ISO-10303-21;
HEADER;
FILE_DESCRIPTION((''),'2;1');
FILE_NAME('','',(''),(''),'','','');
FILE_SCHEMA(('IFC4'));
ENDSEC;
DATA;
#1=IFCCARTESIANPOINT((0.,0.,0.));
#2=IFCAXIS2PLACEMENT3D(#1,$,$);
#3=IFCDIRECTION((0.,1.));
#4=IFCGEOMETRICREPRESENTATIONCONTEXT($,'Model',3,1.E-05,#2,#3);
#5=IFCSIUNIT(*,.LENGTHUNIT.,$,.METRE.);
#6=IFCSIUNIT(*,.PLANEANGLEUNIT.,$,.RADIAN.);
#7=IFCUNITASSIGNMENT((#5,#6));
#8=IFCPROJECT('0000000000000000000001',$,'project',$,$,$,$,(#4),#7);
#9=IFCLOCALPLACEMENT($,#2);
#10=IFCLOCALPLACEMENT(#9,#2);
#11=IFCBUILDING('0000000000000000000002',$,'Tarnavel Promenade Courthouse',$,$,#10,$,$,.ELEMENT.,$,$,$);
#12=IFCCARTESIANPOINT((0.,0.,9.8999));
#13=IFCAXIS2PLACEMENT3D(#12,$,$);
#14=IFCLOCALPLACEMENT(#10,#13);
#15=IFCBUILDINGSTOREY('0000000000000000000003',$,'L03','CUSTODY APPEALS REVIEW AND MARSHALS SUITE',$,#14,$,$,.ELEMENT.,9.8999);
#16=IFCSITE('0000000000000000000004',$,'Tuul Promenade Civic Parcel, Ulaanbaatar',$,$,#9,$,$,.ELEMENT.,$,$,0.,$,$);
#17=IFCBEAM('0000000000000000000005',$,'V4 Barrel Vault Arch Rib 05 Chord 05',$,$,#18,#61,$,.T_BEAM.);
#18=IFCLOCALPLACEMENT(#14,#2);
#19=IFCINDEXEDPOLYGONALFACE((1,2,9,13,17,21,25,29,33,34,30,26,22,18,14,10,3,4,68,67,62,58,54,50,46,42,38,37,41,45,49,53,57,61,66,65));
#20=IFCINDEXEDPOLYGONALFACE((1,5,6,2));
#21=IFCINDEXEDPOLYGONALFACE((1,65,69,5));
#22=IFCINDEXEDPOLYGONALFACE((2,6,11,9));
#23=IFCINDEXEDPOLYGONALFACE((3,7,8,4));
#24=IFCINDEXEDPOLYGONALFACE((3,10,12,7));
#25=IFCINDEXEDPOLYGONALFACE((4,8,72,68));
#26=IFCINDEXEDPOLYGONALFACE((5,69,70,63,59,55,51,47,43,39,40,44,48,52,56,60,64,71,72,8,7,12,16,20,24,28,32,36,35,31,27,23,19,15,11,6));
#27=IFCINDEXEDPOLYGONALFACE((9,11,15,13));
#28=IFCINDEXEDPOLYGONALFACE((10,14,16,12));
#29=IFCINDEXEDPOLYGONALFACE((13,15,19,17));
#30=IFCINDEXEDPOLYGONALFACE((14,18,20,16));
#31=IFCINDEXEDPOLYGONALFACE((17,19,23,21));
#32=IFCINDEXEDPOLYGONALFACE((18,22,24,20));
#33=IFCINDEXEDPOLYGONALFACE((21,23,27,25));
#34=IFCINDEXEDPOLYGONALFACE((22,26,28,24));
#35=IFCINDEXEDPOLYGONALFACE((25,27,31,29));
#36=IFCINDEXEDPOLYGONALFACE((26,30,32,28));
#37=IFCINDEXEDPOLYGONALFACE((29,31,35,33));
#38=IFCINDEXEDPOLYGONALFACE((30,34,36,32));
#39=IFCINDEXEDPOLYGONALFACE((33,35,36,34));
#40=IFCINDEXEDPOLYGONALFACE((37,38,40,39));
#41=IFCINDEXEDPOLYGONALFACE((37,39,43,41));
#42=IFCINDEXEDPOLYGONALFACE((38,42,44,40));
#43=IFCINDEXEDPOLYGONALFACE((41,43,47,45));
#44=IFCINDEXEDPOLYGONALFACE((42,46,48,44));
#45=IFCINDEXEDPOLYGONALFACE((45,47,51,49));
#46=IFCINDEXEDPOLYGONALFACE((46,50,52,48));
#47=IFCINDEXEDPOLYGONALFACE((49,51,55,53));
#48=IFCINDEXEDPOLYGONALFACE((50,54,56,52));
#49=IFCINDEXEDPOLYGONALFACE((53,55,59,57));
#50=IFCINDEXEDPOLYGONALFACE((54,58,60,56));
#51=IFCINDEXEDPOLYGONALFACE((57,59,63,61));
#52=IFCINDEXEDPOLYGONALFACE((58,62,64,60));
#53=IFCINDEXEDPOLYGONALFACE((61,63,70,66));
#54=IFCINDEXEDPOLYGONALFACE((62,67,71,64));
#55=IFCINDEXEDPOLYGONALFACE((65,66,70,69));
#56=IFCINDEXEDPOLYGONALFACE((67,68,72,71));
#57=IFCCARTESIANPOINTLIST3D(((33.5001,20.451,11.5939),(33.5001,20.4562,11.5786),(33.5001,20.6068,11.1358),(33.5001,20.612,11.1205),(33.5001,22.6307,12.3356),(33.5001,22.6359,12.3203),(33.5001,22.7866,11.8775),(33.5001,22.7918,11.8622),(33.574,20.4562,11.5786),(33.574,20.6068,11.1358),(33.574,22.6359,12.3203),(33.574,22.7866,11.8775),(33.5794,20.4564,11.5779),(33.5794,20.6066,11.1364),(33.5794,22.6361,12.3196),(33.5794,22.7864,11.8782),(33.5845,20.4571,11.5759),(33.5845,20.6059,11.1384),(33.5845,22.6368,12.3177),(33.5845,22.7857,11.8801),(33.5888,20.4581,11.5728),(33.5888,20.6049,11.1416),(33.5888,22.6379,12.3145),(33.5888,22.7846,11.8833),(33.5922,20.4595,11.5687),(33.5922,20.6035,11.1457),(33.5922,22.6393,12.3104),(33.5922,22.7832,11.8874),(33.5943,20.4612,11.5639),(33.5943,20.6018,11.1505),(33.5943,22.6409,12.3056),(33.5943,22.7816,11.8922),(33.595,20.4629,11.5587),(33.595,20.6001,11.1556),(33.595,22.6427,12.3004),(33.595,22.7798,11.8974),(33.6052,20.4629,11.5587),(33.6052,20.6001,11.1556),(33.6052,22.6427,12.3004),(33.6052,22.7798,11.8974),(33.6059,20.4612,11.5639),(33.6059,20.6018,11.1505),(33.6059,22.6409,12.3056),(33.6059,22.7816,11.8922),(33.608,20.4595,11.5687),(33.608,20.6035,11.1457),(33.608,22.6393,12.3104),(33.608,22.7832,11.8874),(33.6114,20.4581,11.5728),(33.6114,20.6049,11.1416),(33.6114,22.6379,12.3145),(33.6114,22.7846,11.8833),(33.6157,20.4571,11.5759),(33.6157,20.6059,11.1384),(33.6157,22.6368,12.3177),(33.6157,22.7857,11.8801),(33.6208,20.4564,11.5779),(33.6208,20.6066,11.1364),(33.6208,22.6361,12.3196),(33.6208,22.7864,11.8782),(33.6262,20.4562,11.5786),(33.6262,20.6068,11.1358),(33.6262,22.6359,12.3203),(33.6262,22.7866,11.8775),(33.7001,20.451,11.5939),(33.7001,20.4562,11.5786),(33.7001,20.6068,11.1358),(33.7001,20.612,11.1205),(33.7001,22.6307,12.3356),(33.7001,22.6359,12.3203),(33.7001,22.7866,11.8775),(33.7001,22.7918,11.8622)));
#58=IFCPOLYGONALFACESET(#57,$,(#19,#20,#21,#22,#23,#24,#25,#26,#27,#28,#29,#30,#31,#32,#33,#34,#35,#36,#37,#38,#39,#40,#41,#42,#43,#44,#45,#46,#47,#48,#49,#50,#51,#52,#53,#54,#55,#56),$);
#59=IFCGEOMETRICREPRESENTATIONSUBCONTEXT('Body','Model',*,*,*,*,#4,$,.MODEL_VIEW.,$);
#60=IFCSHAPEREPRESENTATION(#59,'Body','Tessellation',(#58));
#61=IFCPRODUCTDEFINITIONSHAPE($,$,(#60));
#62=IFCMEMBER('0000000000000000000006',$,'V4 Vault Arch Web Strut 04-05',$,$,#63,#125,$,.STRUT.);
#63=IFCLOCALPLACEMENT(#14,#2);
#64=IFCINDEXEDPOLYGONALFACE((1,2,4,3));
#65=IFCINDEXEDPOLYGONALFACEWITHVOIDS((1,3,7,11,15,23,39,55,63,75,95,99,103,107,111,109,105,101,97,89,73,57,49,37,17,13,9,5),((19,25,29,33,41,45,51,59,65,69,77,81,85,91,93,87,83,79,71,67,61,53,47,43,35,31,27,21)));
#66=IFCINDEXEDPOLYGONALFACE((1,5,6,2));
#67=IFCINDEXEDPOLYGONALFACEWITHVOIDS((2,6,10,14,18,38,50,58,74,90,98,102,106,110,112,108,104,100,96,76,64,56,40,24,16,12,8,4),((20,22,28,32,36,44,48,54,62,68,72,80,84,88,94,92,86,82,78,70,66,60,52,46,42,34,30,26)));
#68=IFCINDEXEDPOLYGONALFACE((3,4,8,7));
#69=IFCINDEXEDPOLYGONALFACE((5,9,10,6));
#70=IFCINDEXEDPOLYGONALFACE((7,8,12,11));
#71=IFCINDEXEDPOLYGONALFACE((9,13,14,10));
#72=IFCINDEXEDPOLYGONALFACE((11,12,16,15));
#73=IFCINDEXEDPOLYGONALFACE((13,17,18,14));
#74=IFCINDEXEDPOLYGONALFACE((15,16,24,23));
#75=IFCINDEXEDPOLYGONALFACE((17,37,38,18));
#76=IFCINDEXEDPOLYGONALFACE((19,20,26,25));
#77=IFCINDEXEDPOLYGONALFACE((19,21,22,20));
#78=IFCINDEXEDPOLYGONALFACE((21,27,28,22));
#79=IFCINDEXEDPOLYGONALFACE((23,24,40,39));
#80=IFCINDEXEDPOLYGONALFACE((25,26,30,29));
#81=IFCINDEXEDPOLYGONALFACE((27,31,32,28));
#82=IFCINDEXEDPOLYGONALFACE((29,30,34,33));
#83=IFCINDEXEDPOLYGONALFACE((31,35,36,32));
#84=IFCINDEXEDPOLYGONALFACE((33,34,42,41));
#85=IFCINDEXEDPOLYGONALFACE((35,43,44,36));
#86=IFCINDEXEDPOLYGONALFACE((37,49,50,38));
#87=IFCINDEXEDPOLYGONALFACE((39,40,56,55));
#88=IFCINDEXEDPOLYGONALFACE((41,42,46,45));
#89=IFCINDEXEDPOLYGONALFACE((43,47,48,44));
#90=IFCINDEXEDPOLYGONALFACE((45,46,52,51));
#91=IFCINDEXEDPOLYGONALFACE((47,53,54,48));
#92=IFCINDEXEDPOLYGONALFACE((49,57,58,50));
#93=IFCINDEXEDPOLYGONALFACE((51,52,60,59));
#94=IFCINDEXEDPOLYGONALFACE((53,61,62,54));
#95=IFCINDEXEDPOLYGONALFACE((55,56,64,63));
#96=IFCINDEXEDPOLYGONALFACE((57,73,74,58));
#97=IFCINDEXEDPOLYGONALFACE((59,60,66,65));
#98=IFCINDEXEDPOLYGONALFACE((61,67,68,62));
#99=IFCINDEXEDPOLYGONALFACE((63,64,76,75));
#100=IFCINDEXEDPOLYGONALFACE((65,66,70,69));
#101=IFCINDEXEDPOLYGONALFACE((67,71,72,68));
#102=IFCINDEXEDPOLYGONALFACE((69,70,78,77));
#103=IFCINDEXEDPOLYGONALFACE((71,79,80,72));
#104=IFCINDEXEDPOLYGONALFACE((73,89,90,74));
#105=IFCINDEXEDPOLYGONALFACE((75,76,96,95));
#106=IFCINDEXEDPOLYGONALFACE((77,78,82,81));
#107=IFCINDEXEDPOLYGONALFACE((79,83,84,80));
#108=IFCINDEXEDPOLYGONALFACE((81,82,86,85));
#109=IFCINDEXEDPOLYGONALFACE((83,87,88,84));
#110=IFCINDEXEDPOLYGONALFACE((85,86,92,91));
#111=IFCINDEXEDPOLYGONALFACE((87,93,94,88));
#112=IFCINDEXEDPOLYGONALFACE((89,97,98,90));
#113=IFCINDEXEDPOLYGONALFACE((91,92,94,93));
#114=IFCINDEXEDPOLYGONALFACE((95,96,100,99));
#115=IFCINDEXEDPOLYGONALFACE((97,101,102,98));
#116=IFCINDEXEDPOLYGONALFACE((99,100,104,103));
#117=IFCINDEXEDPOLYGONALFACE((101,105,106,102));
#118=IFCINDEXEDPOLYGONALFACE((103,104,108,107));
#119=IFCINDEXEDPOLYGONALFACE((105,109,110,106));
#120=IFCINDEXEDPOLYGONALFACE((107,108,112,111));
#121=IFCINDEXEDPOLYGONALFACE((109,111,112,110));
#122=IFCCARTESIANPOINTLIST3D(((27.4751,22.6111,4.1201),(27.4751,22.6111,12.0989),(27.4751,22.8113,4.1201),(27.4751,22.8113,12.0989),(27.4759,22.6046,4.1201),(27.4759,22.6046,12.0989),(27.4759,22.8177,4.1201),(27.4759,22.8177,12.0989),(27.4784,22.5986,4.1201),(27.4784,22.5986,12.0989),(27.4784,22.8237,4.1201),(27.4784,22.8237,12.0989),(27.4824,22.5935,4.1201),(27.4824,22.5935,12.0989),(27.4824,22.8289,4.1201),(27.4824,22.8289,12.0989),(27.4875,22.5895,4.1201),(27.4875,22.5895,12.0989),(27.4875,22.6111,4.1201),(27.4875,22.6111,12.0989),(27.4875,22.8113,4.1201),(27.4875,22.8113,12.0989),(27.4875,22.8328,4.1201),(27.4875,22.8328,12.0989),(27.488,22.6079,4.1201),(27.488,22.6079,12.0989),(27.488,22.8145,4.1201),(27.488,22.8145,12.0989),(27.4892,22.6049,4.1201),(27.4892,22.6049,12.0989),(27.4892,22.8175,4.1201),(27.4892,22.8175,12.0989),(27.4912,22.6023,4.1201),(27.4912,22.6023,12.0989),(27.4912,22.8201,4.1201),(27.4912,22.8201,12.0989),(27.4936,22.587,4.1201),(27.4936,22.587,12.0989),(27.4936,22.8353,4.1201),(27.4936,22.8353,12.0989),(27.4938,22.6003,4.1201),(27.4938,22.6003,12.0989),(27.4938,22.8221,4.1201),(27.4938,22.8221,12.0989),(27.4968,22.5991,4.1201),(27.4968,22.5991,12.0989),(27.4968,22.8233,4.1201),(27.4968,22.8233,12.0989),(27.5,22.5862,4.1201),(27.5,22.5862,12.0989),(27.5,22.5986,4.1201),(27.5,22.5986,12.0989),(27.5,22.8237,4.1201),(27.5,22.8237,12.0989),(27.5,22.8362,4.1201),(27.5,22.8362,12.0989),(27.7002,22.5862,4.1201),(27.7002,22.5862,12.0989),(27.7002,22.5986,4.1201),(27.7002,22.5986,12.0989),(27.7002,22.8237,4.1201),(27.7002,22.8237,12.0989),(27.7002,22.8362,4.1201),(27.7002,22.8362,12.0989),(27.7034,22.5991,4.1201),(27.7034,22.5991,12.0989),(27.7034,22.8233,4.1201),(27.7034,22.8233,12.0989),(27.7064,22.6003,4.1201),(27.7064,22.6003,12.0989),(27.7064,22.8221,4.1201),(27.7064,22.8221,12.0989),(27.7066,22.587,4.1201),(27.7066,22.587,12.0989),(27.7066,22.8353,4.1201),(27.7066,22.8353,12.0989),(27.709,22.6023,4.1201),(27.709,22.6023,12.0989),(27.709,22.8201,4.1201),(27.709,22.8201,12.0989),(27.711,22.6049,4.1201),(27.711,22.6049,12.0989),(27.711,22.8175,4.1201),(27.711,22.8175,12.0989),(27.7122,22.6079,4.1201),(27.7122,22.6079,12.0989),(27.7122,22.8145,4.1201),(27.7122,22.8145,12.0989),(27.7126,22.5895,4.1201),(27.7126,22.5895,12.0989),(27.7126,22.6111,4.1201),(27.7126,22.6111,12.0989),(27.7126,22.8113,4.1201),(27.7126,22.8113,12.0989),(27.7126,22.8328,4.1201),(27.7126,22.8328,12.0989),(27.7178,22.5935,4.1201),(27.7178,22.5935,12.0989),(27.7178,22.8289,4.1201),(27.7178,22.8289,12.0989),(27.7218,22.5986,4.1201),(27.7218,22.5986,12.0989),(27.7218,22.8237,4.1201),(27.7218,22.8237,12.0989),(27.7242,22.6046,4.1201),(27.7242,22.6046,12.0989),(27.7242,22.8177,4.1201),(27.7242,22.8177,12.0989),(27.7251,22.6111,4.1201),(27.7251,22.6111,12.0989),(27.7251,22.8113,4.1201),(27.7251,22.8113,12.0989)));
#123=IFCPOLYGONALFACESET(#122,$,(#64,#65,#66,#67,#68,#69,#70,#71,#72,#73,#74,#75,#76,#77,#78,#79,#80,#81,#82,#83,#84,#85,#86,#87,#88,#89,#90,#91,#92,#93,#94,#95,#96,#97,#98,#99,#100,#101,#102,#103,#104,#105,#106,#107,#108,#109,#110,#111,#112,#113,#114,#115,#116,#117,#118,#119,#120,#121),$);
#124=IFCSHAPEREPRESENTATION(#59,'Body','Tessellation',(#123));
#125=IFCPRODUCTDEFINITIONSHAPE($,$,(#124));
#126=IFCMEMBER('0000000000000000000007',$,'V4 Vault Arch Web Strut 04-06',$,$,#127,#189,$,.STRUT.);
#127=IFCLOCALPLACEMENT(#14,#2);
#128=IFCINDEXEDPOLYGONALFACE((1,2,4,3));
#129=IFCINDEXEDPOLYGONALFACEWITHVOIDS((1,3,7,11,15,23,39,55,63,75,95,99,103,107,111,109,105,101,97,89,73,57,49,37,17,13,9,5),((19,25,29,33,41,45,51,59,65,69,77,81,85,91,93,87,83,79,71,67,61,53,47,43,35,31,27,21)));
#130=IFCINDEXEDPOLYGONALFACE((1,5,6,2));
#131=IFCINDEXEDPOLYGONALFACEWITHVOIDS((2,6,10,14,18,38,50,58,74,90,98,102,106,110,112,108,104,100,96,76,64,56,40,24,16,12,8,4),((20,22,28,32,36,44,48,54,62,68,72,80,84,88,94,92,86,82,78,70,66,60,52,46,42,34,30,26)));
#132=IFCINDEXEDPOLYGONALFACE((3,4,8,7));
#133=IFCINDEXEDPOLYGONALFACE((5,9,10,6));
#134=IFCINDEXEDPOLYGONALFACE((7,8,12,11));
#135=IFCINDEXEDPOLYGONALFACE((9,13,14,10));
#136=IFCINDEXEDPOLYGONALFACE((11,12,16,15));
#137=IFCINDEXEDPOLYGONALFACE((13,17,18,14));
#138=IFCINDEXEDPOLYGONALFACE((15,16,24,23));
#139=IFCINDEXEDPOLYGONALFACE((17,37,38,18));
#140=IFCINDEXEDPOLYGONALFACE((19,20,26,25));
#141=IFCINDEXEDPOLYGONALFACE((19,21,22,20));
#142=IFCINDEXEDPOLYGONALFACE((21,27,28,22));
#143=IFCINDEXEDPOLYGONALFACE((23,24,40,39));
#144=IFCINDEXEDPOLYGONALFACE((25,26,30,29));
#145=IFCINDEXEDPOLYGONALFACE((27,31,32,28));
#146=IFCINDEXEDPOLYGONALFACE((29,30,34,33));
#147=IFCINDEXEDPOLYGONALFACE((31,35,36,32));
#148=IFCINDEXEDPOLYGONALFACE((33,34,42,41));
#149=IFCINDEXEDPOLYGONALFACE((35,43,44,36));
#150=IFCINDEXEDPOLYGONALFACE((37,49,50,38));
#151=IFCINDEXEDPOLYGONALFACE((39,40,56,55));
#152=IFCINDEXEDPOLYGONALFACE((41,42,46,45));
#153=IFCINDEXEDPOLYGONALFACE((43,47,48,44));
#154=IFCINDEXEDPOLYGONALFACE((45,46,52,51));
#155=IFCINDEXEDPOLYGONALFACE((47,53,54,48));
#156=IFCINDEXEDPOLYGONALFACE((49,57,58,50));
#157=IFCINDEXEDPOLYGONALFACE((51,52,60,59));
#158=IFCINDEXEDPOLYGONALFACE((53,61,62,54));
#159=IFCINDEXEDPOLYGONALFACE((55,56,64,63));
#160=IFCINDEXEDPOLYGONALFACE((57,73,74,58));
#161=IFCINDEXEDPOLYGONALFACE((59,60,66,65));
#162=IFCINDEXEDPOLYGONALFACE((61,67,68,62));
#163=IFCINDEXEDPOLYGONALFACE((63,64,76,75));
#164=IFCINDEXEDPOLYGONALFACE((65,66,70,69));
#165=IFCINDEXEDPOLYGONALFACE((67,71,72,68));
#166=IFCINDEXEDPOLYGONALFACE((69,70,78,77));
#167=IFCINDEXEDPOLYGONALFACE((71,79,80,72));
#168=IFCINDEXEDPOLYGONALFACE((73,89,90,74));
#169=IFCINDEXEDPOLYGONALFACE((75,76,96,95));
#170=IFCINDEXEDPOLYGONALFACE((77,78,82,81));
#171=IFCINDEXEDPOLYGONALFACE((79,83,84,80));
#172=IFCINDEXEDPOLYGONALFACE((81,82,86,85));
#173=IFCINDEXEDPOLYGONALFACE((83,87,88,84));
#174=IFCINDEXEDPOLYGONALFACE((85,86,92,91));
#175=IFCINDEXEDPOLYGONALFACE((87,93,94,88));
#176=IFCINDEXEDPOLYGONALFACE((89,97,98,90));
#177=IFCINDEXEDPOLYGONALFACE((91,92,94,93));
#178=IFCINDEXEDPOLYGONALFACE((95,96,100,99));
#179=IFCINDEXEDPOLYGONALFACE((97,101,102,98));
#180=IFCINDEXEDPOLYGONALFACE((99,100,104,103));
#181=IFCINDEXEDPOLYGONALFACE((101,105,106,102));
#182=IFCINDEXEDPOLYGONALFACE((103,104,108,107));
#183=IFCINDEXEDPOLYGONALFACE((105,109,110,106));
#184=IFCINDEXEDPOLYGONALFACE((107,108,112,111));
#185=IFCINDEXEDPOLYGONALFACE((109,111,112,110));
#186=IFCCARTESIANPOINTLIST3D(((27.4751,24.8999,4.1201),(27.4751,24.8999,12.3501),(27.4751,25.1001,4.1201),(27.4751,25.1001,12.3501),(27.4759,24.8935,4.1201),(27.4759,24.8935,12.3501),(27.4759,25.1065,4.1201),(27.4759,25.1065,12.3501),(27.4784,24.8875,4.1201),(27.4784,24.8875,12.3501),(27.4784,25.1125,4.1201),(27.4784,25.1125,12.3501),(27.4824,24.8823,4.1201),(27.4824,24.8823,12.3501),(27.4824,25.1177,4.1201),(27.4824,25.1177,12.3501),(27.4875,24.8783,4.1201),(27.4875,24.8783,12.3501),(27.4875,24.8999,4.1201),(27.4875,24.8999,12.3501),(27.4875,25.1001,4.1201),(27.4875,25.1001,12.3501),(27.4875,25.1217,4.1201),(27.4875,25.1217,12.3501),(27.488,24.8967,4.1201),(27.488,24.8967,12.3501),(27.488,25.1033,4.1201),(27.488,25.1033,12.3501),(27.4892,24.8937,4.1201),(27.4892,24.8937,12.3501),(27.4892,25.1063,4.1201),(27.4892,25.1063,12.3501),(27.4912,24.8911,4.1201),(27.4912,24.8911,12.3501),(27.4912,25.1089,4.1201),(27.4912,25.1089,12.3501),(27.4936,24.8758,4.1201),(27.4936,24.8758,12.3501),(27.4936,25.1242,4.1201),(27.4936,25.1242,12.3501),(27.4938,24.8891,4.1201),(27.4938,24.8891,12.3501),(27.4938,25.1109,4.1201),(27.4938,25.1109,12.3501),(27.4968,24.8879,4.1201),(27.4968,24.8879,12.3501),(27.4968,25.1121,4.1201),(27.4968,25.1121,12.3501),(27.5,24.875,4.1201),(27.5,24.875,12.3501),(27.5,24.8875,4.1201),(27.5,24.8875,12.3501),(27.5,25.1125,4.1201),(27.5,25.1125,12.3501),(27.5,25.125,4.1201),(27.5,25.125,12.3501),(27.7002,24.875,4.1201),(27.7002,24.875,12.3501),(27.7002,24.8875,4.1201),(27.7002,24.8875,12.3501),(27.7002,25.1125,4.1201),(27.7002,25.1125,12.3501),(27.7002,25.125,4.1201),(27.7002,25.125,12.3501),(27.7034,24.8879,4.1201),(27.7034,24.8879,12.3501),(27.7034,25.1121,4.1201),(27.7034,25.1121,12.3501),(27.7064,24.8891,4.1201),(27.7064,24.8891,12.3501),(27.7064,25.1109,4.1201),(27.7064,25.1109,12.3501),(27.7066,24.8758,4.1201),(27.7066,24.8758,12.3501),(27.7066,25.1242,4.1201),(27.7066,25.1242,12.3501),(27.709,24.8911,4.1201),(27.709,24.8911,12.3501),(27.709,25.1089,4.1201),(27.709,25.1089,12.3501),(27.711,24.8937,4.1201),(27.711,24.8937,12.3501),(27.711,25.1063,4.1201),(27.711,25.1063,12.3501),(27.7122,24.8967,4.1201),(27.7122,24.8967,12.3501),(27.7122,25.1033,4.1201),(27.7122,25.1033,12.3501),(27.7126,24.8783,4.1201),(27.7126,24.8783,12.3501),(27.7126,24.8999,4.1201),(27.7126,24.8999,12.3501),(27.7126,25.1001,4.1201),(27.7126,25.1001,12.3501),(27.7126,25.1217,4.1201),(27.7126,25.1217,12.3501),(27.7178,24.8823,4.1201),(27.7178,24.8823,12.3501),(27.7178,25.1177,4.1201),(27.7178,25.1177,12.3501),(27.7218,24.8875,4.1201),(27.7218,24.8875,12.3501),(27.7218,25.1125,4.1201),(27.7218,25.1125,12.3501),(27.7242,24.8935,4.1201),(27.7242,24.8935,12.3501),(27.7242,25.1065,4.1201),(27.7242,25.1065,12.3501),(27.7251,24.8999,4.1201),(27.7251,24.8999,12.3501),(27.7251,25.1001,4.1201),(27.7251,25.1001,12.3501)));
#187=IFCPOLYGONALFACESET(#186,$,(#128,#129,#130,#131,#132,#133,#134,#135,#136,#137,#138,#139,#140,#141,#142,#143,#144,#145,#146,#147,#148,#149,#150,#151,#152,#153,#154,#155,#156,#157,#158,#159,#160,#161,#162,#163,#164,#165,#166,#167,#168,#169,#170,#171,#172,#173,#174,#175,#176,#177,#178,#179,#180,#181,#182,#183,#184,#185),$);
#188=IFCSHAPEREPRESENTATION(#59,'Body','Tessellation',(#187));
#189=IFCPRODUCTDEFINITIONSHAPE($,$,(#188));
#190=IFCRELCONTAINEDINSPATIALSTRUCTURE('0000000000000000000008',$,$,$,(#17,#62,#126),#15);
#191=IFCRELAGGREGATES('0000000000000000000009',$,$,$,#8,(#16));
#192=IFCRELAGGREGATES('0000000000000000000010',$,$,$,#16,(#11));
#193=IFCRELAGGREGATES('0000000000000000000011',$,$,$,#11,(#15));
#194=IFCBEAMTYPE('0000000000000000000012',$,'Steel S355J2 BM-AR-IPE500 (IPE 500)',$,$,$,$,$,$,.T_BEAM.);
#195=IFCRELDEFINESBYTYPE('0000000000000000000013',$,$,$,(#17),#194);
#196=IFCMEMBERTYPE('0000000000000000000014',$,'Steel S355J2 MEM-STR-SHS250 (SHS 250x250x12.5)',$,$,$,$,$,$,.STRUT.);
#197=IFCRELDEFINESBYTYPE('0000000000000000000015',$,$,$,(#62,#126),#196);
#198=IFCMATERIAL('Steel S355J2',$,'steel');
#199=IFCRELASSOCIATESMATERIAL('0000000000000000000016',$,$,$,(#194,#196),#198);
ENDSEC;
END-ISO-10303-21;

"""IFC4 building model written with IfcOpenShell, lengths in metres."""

from ifc_helpers import new_model, si_unit, direction, frame, origin, origin_2d, place, context, subcontext, project, spatial, hollow_rectangle, i_section, extrude, material, material_profile, profile_set, type_object, element, save


model = new_model("IFC4")

# Units and contexts
model_context = context("Model", 3, precision=1e-05, world=origin(), true_north=direction((0.0, 1.0)))
body_context = subcontext(model_context, "Body", "Model", "MODEL_VIEW")
ifc_project = project(units=[si_unit("LENGTHUNIT", "METRE"), si_unit("PLANEANGLEUNIT", "RADIAN")], contexts=[model_context])

# Site, building, storey
site_placement = place(None, origin())
site = spatial("IfcSite", under=ifc_project, at=site_placement, Name="Tuul Promenade Civic Parcel, Ulaanbaatar", CompositionType="ELEMENT", RefElevation=0.0)
building_placement = place(site_placement, origin())
building = spatial("IfcBuilding", under=site, at=building_placement, Name="Tarnavel Promenade Courthouse", CompositionType="ELEMENT")
storey_placement = place(building_placement, frame((0.0, 0.0, 9.8999)))
storey = spatial("IfcBuildingStorey", under=building, at=storey_placement, Name="L03", Description="CUSTODY APPEALS REVIEW AND MARSHALS SUITE", CompositionType="ELEMENT", Elevation=9.8999)

# Beam
ifc_material = material(Name="Steel S355J2", Category="steel")
ifc_material_profile_1 = material_profile(ifc_material, i_section(OverallWidth=0.2, OverallDepth=0.5, WebThickness=0.0103, FlangeThickness=0.0161, FilletRadius=0.021, at=origin_2d()), Name="IPE 500")
ifc_profile_set_1 = profile_set([ifc_material_profile_1], Name="Steel S355J2")
beam_type = type_object("IfcBeamType", Name="Steel S355J2 BM-AR-IPE500 (IPE 500)", PredefinedType="T_BEAM", material=ifc_profile_set_1)
beam_placement = place(storey_placement, frame((33.6001, 20.5315, 11.3572), z_axis=(0.0, 0.946693, 0.322138), x_axis=(-1.0, 0.0, 0.0)))
element("IfcBeam", 1, at=beam_placement, inside=storey, type_object=beam_type, Name="V4 Barrel Vault Arch Rib 05 Chord 05", PredefinedType="T_BEAM", context=body_context, shape_type="SweptSolid", body=[
    extrude(i_section(OverallWidth=0.2, OverallDepth=0.5, WebThickness=0.0103, FlangeThickness=0.0161, FilletRadius=0.021, at=origin_2d()), origin(), (0.0, 0.0, 1.0), 2.3025),
])

# Members
ifc_material_profile_2 = material_profile(ifc_material, hollow_rectangle(XDim=0.25, YDim=0.25, WallThickness=0.0125, InnerFilletRadius=0.0125, OuterFilletRadius=0.0249, at=origin_2d()), Name="SHS 250x250x12.5")
ifc_profile_set_2 = profile_set([ifc_material_profile_2], Name="Steel S355J2")
member_type = type_object("IfcMemberType", Name="Steel S355J2 MEM-STR-SHS250 (SHS 250x250x12.5)", PredefinedType="STRUT", material=ifc_profile_set_2)
member_1_placement = place(storey_placement, frame((27.6001, 22.7112, 4.1201), z_axis=(0.0, 0.0, 1.0), x_axis=(1.0, 0.0, 0.0)))
element("IfcMember", 2, at=member_1_placement, inside=storey, type_object=member_type, Name="V4 Vault Arch Web Strut 04-05", PredefinedType="STRUT", context=body_context, shape_type="SweptSolid", body=[
    extrude(hollow_rectangle(XDim=0.25, YDim=0.25, WallThickness=0.0125, InnerFilletRadius=0.0125, OuterFilletRadius=0.0249, at=origin_2d()), origin(), (0.0, 0.0, 1.0), 7.9788),
])
member_2_placement = place(storey_placement, frame((27.6001, 25.0, 4.1201), z_axis=(0.0, 0.0, 1.0), x_axis=(1.0, 0.0, 0.0)))
element("IfcMember", 3, at=member_2_placement, inside=storey, type_object=member_type, Name="V4 Vault Arch Web Strut 04-06", PredefinedType="STRUT", context=body_context, shape_type="SweptSolid", body=[
    extrude(hollow_rectangle(XDim=0.25, YDim=0.25, WallThickness=0.0125, InnerFilletRadius=0.0125, OuterFilletRadius=0.0249, at=origin_2d()), origin(), (0.0, 0.0, 1.0), 8.23),
])

save(model, "model.ifc")
